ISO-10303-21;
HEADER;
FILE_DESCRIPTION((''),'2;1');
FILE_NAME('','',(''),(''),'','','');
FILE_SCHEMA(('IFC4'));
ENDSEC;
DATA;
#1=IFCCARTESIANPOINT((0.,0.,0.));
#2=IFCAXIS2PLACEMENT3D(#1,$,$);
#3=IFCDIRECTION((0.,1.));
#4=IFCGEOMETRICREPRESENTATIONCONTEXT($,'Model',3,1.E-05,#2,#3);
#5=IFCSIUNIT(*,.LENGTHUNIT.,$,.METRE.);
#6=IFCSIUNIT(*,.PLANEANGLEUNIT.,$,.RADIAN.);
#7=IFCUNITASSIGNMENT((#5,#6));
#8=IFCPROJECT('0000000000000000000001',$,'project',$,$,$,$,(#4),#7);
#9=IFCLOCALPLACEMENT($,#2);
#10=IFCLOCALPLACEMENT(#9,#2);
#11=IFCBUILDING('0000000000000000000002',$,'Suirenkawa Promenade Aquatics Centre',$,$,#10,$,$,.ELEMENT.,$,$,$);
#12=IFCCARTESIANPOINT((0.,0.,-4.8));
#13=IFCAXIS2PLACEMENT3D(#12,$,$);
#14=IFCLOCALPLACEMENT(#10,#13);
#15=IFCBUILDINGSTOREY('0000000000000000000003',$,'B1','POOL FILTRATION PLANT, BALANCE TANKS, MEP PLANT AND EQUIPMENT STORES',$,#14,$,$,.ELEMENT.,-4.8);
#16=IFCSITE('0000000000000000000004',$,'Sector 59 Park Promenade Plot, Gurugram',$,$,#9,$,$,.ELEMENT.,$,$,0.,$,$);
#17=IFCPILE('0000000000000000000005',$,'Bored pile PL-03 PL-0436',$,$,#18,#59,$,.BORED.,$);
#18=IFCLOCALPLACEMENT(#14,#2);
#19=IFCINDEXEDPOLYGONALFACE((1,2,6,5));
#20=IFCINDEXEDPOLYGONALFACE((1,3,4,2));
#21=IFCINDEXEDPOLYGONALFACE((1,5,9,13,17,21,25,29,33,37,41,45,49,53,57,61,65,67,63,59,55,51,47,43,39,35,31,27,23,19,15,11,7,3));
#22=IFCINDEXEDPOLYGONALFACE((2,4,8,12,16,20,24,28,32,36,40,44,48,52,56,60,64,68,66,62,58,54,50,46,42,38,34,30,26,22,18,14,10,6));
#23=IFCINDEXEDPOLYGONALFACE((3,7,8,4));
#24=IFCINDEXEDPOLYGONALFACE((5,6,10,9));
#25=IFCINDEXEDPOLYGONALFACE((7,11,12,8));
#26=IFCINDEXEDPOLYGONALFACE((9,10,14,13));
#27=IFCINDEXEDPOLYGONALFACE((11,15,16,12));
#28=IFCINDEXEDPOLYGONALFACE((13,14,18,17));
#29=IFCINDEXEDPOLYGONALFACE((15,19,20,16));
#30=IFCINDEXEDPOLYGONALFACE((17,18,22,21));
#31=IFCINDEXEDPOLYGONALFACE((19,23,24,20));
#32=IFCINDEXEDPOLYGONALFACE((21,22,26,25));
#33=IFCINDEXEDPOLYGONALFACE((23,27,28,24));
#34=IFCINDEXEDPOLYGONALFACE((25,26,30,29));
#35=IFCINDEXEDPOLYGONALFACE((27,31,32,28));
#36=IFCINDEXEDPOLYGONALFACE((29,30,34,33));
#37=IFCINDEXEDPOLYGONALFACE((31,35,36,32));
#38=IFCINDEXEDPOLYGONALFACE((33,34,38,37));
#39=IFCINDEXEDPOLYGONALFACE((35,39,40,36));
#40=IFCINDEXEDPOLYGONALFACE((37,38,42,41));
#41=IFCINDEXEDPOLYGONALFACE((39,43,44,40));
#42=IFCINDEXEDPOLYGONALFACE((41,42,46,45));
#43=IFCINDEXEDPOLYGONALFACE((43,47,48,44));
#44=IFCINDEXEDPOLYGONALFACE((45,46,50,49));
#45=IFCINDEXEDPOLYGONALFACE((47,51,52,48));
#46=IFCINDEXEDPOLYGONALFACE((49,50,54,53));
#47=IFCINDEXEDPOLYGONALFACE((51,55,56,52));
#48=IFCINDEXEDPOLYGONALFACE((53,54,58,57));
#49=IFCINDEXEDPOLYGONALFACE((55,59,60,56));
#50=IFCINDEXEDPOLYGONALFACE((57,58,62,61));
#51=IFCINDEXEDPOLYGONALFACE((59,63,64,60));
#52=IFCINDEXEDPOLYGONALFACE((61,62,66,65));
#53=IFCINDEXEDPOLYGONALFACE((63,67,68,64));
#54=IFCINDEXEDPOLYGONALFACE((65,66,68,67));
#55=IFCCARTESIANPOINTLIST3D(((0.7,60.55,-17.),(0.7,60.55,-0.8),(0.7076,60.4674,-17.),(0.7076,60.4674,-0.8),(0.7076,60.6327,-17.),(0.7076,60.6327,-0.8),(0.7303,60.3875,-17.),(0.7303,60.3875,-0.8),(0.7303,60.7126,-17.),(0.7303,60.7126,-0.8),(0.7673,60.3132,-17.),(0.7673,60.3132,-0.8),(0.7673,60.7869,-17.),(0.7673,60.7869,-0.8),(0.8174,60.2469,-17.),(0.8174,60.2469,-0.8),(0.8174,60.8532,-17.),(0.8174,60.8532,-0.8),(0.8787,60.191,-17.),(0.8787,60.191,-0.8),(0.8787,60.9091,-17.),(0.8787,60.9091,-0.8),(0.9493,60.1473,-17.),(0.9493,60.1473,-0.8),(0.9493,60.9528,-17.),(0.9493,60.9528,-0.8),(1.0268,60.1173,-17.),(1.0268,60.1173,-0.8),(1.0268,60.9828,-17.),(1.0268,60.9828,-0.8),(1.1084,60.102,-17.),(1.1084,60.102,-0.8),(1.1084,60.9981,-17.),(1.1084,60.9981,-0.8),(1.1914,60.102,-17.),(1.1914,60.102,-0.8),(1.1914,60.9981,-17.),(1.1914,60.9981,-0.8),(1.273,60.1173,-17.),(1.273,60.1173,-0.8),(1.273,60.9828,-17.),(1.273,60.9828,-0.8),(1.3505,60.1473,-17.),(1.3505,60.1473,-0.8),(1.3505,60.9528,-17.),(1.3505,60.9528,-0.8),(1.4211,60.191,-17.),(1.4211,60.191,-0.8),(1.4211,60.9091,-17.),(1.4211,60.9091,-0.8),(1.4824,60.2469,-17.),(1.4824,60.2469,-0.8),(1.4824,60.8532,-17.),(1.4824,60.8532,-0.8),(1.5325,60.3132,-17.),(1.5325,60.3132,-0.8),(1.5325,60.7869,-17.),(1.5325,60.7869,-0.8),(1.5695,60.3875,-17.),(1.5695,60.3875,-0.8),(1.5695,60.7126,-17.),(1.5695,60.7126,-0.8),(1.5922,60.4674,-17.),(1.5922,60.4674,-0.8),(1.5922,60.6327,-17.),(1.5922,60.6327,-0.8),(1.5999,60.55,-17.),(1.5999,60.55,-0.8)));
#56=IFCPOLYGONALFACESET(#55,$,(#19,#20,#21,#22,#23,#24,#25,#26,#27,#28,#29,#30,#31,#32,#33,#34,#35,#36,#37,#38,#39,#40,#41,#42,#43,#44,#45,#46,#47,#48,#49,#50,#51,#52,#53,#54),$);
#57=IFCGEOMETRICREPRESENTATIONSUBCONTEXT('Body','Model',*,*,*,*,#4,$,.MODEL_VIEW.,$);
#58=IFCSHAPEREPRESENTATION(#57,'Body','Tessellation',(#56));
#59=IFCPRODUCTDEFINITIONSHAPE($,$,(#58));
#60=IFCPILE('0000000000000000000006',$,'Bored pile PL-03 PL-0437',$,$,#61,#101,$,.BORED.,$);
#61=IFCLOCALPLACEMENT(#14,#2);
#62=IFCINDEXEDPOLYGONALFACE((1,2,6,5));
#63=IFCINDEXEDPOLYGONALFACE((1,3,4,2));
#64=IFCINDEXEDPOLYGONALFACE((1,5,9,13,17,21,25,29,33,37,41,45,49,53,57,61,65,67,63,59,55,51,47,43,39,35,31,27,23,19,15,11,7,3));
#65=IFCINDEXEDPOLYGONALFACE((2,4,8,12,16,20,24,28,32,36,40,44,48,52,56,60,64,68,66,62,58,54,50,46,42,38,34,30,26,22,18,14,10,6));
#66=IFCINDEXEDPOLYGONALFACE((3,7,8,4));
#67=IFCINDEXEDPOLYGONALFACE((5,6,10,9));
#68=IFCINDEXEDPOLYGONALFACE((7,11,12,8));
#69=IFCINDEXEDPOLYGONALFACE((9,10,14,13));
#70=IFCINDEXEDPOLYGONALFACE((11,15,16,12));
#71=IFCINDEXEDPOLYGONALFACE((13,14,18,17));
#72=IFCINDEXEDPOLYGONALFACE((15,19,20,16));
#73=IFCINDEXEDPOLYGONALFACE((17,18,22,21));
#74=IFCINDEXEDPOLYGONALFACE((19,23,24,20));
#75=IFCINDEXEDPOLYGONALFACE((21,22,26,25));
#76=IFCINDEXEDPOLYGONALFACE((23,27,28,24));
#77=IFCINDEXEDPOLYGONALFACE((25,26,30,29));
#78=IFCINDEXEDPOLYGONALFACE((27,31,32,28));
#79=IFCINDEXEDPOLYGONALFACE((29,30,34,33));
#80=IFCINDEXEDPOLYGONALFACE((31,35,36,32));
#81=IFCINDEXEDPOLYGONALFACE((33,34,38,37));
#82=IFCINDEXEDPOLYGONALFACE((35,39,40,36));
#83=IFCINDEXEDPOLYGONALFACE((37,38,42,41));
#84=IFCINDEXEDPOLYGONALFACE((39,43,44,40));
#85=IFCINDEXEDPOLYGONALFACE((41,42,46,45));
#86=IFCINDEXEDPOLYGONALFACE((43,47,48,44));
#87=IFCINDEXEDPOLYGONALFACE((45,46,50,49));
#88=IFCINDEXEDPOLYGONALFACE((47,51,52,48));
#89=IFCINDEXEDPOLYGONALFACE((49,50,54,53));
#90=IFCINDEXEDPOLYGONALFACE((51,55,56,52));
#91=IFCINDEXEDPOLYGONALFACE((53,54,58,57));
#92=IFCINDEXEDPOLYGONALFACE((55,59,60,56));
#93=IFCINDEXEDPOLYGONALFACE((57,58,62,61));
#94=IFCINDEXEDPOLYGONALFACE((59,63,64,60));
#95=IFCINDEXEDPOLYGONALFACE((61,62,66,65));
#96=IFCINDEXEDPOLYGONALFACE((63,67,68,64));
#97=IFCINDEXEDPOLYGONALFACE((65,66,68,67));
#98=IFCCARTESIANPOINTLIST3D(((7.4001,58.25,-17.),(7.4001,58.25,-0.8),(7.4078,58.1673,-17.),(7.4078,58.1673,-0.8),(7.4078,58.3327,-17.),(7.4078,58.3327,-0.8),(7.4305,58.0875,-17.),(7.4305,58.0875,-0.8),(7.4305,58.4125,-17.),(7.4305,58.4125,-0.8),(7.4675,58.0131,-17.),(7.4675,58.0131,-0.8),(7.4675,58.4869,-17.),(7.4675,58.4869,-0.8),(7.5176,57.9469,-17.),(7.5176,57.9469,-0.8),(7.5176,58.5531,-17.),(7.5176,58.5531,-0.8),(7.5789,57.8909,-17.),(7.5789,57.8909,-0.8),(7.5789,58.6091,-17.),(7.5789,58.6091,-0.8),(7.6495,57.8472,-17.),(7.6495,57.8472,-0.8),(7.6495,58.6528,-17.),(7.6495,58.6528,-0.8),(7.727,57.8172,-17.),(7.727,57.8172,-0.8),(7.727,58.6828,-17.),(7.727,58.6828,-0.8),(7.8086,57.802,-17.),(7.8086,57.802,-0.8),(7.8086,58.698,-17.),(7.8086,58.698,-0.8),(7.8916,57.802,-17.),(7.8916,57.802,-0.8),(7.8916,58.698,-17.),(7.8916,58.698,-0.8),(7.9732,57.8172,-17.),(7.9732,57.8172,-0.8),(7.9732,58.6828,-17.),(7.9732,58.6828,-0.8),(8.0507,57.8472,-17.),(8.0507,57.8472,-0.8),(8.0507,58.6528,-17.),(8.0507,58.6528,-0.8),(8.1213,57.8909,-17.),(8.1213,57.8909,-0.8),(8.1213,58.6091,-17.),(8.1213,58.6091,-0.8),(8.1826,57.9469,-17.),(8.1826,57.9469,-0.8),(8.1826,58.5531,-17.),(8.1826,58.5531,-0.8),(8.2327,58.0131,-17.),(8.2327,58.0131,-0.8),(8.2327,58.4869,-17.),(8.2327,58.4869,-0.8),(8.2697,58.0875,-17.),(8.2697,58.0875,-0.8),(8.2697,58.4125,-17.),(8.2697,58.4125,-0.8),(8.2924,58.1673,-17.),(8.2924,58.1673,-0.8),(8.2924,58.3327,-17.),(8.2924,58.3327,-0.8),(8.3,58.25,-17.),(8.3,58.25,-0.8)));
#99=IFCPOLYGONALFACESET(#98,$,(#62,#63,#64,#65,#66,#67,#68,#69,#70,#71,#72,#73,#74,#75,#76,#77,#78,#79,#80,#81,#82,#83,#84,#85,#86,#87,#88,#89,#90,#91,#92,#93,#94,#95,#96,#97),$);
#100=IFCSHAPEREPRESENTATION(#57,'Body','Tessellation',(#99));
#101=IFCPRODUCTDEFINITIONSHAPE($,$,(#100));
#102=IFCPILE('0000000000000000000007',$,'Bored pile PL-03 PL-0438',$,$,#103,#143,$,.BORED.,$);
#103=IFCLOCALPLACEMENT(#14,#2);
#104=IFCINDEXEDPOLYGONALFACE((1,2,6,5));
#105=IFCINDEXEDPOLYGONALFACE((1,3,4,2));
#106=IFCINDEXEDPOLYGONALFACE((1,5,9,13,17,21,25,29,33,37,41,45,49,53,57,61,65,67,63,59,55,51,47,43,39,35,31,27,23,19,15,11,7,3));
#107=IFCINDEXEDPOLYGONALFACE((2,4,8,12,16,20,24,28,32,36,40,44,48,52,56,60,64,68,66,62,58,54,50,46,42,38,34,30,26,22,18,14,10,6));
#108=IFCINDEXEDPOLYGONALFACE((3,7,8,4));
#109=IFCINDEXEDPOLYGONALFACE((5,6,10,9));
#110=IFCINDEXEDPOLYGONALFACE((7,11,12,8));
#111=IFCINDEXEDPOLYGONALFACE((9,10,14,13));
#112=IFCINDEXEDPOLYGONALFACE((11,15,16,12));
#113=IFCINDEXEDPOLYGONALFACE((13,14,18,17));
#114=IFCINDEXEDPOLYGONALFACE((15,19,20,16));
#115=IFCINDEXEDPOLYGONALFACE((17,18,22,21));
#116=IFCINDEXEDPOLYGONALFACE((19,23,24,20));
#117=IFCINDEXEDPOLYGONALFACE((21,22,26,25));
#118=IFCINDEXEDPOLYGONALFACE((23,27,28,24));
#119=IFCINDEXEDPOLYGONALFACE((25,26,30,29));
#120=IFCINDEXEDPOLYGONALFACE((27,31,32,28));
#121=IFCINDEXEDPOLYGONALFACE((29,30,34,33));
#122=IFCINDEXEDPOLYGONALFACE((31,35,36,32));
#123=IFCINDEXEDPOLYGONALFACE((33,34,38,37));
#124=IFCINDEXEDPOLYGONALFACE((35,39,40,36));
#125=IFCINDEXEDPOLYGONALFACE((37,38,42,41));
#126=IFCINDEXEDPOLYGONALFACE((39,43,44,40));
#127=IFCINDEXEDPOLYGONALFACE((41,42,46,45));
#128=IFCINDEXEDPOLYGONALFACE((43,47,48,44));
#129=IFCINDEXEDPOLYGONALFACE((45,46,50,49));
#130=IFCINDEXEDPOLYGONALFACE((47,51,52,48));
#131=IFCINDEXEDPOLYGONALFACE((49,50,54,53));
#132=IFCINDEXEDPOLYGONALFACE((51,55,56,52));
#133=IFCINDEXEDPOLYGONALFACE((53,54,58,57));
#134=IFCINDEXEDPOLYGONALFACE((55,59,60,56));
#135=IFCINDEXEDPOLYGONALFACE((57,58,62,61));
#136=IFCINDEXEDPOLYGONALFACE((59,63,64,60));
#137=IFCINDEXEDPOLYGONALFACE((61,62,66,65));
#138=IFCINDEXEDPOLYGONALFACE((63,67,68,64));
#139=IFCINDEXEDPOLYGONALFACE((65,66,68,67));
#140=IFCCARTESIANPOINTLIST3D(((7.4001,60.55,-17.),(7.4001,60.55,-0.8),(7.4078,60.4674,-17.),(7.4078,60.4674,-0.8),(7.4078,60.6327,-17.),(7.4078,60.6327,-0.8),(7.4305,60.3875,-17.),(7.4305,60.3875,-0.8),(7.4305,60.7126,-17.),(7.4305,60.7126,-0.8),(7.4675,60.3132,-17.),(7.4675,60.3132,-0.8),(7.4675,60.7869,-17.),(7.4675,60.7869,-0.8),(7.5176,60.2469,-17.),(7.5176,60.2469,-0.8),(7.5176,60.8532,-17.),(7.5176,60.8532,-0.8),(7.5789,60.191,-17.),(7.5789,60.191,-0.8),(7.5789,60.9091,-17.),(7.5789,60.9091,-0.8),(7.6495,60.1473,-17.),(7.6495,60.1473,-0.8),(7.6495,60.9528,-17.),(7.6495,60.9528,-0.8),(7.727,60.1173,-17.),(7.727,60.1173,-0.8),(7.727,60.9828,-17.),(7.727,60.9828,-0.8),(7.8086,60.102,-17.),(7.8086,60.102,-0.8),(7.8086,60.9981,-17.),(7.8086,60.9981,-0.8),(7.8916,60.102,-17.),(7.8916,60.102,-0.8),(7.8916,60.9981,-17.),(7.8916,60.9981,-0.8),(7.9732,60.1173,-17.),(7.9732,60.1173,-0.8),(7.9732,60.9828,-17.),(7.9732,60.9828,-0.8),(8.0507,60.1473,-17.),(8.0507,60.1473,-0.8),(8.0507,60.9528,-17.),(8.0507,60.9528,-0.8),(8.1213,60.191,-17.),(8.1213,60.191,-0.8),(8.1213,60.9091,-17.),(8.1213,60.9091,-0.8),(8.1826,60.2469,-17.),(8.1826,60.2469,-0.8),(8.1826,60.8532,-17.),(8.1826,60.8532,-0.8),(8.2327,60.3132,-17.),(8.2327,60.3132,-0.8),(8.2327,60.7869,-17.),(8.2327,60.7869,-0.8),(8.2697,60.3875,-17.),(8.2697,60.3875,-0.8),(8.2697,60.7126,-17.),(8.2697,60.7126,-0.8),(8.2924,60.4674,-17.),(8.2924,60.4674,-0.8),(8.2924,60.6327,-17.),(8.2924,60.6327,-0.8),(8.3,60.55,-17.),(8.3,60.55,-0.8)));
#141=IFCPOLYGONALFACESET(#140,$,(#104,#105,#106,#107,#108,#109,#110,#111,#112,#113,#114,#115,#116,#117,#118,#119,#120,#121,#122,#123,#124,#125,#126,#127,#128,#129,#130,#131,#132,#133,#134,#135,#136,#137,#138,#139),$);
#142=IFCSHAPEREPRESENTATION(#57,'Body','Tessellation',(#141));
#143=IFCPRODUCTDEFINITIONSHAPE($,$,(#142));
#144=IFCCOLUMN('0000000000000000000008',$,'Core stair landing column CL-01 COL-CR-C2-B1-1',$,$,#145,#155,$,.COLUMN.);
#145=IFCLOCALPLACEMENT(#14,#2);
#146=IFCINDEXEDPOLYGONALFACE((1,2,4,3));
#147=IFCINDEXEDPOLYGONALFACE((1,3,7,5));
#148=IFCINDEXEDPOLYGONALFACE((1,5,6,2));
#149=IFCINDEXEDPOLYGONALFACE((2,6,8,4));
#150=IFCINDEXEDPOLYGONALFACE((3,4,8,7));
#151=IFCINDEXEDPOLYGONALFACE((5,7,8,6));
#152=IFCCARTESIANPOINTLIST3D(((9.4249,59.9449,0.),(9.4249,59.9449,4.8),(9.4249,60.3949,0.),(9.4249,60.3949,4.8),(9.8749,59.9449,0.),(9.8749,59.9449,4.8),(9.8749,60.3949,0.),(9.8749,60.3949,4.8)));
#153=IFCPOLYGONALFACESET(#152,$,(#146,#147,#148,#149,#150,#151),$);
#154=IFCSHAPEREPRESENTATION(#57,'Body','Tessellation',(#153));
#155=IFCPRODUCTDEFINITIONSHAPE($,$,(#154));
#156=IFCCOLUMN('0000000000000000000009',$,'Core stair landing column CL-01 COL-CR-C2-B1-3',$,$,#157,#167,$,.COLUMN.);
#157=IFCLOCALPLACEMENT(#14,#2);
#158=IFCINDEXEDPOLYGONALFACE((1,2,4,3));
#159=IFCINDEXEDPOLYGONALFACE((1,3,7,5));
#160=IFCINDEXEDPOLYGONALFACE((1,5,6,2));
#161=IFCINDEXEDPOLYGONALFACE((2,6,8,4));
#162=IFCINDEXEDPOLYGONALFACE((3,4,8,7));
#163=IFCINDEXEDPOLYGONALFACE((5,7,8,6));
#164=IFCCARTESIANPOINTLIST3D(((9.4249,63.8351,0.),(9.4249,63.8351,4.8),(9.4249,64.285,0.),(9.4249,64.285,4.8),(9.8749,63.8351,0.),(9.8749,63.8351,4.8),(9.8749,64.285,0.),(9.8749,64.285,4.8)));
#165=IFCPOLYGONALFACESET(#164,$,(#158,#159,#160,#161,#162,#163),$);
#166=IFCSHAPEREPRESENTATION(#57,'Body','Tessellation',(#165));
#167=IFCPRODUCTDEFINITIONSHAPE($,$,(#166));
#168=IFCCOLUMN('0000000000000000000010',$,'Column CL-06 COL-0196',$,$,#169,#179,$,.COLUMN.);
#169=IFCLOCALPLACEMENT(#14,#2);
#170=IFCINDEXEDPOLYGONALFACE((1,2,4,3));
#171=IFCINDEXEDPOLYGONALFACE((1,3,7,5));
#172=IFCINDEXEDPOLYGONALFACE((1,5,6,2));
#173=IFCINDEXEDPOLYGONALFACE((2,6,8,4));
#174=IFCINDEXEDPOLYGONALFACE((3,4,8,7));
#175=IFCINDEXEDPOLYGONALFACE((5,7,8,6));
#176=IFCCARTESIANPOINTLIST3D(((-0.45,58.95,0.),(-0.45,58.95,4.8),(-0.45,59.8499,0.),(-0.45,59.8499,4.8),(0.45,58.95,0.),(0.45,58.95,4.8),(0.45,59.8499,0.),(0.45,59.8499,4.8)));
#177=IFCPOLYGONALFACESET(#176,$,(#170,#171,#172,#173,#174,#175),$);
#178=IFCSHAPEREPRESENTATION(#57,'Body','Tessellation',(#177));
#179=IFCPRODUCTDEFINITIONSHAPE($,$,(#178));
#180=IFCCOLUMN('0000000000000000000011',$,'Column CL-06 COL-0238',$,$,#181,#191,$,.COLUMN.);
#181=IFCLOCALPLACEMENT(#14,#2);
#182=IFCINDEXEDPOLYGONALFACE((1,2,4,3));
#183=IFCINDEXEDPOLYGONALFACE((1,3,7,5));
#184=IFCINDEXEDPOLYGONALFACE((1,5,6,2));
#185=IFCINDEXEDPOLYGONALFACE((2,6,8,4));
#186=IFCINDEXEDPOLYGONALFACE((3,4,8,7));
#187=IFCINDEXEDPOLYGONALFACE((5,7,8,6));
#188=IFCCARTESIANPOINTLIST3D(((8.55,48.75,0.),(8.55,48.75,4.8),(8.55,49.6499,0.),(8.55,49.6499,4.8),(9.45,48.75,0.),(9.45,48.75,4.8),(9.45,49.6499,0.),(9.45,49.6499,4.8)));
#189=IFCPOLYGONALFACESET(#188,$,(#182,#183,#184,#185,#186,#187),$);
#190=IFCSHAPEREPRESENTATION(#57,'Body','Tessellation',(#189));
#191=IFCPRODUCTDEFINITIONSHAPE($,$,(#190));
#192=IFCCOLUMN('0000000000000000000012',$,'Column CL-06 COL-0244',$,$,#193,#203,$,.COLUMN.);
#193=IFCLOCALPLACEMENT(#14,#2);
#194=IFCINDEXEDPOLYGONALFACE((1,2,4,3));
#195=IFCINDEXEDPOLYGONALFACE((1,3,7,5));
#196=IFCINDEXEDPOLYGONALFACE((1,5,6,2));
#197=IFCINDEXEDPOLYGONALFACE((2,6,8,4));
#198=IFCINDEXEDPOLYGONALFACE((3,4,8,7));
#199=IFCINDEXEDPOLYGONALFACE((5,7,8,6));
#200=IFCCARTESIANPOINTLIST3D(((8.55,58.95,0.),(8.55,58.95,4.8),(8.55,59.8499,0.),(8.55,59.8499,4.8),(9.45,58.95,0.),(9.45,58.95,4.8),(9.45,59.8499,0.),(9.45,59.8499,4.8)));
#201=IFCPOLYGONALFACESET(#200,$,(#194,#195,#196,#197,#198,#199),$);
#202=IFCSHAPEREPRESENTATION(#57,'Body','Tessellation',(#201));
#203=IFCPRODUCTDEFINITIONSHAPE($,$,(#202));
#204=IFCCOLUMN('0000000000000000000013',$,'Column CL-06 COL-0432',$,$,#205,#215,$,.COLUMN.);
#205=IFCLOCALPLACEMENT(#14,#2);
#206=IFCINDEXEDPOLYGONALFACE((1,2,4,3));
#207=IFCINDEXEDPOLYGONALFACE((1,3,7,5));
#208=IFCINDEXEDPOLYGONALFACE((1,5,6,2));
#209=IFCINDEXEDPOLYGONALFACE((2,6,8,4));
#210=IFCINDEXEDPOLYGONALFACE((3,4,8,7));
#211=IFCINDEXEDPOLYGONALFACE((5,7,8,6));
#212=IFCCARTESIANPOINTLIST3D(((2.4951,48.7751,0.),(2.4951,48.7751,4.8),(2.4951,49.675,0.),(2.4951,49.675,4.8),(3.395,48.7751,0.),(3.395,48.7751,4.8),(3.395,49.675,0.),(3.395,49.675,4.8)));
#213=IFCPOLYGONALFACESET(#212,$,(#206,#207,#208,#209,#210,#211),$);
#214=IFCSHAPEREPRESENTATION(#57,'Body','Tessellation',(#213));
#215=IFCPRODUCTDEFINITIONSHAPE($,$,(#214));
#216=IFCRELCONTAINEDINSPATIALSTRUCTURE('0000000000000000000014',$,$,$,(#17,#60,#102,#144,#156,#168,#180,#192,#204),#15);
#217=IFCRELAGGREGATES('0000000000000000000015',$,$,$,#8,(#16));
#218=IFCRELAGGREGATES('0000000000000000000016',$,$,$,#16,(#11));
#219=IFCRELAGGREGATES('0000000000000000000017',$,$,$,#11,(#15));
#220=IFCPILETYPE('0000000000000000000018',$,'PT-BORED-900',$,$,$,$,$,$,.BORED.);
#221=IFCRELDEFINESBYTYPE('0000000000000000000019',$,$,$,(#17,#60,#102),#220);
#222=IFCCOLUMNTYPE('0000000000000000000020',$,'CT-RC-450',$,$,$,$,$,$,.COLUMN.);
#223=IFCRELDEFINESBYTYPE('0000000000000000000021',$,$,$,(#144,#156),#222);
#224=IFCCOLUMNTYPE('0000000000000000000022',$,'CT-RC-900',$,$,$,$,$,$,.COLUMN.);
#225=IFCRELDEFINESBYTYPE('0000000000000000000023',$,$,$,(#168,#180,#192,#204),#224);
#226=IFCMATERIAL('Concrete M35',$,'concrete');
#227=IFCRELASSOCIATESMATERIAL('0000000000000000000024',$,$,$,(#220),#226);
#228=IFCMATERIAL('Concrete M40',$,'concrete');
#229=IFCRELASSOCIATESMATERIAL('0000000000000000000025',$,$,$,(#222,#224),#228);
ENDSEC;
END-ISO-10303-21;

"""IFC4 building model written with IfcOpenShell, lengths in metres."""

from ifc_helpers import new_model, si_unit, direction, frame, origin, origin_2d, place, context, subcontext, project, spatial, rectangle, circle, extrude, material, material_profile, profile_set, type_object, element, save


model = new_model("IFC4")

# Units and contexts
model_context = context("Model", 3, precision=1e-05, world=origin(), true_north=direction((0.0, 1.0)))
body_context = subcontext(model_context, "Body", "Model", "MODEL_VIEW")
ifc_project = project(units=[si_unit("LENGTHUNIT", "METRE"), si_unit("PLANEANGLEUNIT", "RADIAN")], contexts=[model_context])

# Site, building, storey
site_placement = place(None, origin())
site = spatial("IfcSite", under=ifc_project, at=site_placement, Name="Sector 59 Park Promenade Plot, Gurugram", CompositionType="ELEMENT", RefElevation=0.0)
building_placement = place(site_placement, origin())
building = spatial("IfcBuilding", under=site, at=building_placement, Name="Suirenkawa Promenade Aquatics Centre", CompositionType="ELEMENT")
storey_placement = place(building_placement, frame((0.0, 0.0, -4.8)))
storey = spatial("IfcBuildingStorey", under=building, at=storey_placement, Name="B1", Description="POOL FILTRATION PLANT, BALANCE TANKS, MEP PLANT AND EQUIPMENT STORES", CompositionType="ELEMENT", Elevation=-4.8)

# Shared definitions
ifc_material_1 = material(Name="Concrete M35", Category="concrete")

# Piles
ifc_material_profile_1 = material_profile(ifc_material_1, circle(Radius=0.45, at=origin_2d()), Name="PILE D900", Category="concrete")
ifc_profile_set_1 = profile_set([ifc_material_profile_1], Name="Concrete M35")
pile_type = type_object("IfcPileType", Name="PT-BORED-900", PredefinedType="BORED", material=ifc_profile_set_1)
for number, where, z_axis, x_axis, name in (
    (1, (1.1499, 60.55, -0.8), (0.0, 0.0, -1.0), (1.0, 0.0, 0.0), "Bored pile PL-03 PL-0436"),
    (2, (7.8501, 58.25, -0.8), (0.0, 0.0, -1.0), (1.0, 0.0, 0.0), "Bored pile PL-03 PL-0437"),
    (3, (7.8501, 60.55, -0.8), (0.0, 0.0, -1.0), (1.0, 0.0, 0.0), "Bored pile PL-03 PL-0438"),
):
    element("IfcPile", number, at=place(storey_placement, frame(where, z_axis=z_axis, x_axis=x_axis)), inside=storey, type_object=pile_type, Name=name, PredefinedType="BORED", context=body_context, shape_type="SweptSolid", body=[
        extrude(circle(Radius=0.45, at=origin_2d()), origin(), (0.0, 0.0, 1.0), 16.2),
    ])

# Columns
ifc_material_2 = material(Name="Concrete M40", Category="concrete")
ifc_material_profile_2 = material_profile(ifc_material_2, rectangle(XDim=0.45, YDim=0.45, at=origin_2d()), Name="RC COL 450x450", Category="concrete")
ifc_profile_set_2 = profile_set([ifc_material_profile_2], Name="Concrete M40")
column_type_1 = type_object("IfcColumnType", Name="CT-RC-450", PredefinedType="COLUMN", material=ifc_profile_set_2)
for number, where, z_axis, x_axis, name in (
    (4, (9.6499, 60.1699, 0.0), (0.0, 0.0, 1.0), (1.0, 0.0, 0.0), "Core stair landing column CL-01 COL-CR-C2-B1-1"),
    (5, (9.6499, 64.0601, 0.0), (0.0, 0.0, 1.0), (1.0, 0.0, 0.0), "Core stair landing column CL-01 COL-CR-C2-B1-3"),
):
    element("IfcColumn", number, at=place(storey_placement, frame(where, z_axis=z_axis, x_axis=x_axis)), inside=storey, type_object=column_type_1, Name=name, PredefinedType="COLUMN", context=body_context, shape_type="SweptSolid", body=[
        extrude(rectangle(XDim=0.45, YDim=0.45, at=origin_2d()), origin(), (0.0, 0.0, 1.0), 4.8),
    ])
ifc_material_profile_3 = material_profile(ifc_material_2, rectangle(XDim=0.8999, YDim=0.8999, at=origin_2d()), Name="RC COL 900x900", Category="concrete")
ifc_profile_set_3 = profile_set([ifc_material_profile_3], Name="Concrete M40")
column_type_2 = type_object("IfcColumnType", Name="CT-RC-900", PredefinedType="COLUMN", material=ifc_profile_set_3)
for number, where, z_axis, x_axis, name in (
    (6, (0.0, 59.3999, 0.0), (0.0, 0.0, 1.0), (1.0, 0.0, 0.0), "Column CL-06 COL-0196"),
    (7, (9.0, 49.2, 0.0), (0.0, 0.0, 1.0), (1.0, 0.0, 0.0), "Column CL-06 COL-0238"),
    (8, (9.0, 59.3999, 0.0), (0.0, 0.0, 1.0), (1.0, 0.0, 0.0), "Column CL-06 COL-0244"),
    (9, (2.9451, 49.2251, 0.0), (0.0, 0.0, 1.0), (1.0, 0.0, 0.0), "Column CL-06 COL-0432"),
):
    element("IfcColumn", number, at=place(storey_placement, frame(where, z_axis=z_axis, x_axis=x_axis)), inside=storey, type_object=column_type_2, Name=name, PredefinedType="COLUMN", context=body_context, shape_type="SweptSolid", body=[
        extrude(rectangle(XDim=0.8999, YDim=0.8999, at=origin_2d()), origin(), (0.0, 0.0, 1.0), 4.8),
    ])

save(model, "model.ifc")
